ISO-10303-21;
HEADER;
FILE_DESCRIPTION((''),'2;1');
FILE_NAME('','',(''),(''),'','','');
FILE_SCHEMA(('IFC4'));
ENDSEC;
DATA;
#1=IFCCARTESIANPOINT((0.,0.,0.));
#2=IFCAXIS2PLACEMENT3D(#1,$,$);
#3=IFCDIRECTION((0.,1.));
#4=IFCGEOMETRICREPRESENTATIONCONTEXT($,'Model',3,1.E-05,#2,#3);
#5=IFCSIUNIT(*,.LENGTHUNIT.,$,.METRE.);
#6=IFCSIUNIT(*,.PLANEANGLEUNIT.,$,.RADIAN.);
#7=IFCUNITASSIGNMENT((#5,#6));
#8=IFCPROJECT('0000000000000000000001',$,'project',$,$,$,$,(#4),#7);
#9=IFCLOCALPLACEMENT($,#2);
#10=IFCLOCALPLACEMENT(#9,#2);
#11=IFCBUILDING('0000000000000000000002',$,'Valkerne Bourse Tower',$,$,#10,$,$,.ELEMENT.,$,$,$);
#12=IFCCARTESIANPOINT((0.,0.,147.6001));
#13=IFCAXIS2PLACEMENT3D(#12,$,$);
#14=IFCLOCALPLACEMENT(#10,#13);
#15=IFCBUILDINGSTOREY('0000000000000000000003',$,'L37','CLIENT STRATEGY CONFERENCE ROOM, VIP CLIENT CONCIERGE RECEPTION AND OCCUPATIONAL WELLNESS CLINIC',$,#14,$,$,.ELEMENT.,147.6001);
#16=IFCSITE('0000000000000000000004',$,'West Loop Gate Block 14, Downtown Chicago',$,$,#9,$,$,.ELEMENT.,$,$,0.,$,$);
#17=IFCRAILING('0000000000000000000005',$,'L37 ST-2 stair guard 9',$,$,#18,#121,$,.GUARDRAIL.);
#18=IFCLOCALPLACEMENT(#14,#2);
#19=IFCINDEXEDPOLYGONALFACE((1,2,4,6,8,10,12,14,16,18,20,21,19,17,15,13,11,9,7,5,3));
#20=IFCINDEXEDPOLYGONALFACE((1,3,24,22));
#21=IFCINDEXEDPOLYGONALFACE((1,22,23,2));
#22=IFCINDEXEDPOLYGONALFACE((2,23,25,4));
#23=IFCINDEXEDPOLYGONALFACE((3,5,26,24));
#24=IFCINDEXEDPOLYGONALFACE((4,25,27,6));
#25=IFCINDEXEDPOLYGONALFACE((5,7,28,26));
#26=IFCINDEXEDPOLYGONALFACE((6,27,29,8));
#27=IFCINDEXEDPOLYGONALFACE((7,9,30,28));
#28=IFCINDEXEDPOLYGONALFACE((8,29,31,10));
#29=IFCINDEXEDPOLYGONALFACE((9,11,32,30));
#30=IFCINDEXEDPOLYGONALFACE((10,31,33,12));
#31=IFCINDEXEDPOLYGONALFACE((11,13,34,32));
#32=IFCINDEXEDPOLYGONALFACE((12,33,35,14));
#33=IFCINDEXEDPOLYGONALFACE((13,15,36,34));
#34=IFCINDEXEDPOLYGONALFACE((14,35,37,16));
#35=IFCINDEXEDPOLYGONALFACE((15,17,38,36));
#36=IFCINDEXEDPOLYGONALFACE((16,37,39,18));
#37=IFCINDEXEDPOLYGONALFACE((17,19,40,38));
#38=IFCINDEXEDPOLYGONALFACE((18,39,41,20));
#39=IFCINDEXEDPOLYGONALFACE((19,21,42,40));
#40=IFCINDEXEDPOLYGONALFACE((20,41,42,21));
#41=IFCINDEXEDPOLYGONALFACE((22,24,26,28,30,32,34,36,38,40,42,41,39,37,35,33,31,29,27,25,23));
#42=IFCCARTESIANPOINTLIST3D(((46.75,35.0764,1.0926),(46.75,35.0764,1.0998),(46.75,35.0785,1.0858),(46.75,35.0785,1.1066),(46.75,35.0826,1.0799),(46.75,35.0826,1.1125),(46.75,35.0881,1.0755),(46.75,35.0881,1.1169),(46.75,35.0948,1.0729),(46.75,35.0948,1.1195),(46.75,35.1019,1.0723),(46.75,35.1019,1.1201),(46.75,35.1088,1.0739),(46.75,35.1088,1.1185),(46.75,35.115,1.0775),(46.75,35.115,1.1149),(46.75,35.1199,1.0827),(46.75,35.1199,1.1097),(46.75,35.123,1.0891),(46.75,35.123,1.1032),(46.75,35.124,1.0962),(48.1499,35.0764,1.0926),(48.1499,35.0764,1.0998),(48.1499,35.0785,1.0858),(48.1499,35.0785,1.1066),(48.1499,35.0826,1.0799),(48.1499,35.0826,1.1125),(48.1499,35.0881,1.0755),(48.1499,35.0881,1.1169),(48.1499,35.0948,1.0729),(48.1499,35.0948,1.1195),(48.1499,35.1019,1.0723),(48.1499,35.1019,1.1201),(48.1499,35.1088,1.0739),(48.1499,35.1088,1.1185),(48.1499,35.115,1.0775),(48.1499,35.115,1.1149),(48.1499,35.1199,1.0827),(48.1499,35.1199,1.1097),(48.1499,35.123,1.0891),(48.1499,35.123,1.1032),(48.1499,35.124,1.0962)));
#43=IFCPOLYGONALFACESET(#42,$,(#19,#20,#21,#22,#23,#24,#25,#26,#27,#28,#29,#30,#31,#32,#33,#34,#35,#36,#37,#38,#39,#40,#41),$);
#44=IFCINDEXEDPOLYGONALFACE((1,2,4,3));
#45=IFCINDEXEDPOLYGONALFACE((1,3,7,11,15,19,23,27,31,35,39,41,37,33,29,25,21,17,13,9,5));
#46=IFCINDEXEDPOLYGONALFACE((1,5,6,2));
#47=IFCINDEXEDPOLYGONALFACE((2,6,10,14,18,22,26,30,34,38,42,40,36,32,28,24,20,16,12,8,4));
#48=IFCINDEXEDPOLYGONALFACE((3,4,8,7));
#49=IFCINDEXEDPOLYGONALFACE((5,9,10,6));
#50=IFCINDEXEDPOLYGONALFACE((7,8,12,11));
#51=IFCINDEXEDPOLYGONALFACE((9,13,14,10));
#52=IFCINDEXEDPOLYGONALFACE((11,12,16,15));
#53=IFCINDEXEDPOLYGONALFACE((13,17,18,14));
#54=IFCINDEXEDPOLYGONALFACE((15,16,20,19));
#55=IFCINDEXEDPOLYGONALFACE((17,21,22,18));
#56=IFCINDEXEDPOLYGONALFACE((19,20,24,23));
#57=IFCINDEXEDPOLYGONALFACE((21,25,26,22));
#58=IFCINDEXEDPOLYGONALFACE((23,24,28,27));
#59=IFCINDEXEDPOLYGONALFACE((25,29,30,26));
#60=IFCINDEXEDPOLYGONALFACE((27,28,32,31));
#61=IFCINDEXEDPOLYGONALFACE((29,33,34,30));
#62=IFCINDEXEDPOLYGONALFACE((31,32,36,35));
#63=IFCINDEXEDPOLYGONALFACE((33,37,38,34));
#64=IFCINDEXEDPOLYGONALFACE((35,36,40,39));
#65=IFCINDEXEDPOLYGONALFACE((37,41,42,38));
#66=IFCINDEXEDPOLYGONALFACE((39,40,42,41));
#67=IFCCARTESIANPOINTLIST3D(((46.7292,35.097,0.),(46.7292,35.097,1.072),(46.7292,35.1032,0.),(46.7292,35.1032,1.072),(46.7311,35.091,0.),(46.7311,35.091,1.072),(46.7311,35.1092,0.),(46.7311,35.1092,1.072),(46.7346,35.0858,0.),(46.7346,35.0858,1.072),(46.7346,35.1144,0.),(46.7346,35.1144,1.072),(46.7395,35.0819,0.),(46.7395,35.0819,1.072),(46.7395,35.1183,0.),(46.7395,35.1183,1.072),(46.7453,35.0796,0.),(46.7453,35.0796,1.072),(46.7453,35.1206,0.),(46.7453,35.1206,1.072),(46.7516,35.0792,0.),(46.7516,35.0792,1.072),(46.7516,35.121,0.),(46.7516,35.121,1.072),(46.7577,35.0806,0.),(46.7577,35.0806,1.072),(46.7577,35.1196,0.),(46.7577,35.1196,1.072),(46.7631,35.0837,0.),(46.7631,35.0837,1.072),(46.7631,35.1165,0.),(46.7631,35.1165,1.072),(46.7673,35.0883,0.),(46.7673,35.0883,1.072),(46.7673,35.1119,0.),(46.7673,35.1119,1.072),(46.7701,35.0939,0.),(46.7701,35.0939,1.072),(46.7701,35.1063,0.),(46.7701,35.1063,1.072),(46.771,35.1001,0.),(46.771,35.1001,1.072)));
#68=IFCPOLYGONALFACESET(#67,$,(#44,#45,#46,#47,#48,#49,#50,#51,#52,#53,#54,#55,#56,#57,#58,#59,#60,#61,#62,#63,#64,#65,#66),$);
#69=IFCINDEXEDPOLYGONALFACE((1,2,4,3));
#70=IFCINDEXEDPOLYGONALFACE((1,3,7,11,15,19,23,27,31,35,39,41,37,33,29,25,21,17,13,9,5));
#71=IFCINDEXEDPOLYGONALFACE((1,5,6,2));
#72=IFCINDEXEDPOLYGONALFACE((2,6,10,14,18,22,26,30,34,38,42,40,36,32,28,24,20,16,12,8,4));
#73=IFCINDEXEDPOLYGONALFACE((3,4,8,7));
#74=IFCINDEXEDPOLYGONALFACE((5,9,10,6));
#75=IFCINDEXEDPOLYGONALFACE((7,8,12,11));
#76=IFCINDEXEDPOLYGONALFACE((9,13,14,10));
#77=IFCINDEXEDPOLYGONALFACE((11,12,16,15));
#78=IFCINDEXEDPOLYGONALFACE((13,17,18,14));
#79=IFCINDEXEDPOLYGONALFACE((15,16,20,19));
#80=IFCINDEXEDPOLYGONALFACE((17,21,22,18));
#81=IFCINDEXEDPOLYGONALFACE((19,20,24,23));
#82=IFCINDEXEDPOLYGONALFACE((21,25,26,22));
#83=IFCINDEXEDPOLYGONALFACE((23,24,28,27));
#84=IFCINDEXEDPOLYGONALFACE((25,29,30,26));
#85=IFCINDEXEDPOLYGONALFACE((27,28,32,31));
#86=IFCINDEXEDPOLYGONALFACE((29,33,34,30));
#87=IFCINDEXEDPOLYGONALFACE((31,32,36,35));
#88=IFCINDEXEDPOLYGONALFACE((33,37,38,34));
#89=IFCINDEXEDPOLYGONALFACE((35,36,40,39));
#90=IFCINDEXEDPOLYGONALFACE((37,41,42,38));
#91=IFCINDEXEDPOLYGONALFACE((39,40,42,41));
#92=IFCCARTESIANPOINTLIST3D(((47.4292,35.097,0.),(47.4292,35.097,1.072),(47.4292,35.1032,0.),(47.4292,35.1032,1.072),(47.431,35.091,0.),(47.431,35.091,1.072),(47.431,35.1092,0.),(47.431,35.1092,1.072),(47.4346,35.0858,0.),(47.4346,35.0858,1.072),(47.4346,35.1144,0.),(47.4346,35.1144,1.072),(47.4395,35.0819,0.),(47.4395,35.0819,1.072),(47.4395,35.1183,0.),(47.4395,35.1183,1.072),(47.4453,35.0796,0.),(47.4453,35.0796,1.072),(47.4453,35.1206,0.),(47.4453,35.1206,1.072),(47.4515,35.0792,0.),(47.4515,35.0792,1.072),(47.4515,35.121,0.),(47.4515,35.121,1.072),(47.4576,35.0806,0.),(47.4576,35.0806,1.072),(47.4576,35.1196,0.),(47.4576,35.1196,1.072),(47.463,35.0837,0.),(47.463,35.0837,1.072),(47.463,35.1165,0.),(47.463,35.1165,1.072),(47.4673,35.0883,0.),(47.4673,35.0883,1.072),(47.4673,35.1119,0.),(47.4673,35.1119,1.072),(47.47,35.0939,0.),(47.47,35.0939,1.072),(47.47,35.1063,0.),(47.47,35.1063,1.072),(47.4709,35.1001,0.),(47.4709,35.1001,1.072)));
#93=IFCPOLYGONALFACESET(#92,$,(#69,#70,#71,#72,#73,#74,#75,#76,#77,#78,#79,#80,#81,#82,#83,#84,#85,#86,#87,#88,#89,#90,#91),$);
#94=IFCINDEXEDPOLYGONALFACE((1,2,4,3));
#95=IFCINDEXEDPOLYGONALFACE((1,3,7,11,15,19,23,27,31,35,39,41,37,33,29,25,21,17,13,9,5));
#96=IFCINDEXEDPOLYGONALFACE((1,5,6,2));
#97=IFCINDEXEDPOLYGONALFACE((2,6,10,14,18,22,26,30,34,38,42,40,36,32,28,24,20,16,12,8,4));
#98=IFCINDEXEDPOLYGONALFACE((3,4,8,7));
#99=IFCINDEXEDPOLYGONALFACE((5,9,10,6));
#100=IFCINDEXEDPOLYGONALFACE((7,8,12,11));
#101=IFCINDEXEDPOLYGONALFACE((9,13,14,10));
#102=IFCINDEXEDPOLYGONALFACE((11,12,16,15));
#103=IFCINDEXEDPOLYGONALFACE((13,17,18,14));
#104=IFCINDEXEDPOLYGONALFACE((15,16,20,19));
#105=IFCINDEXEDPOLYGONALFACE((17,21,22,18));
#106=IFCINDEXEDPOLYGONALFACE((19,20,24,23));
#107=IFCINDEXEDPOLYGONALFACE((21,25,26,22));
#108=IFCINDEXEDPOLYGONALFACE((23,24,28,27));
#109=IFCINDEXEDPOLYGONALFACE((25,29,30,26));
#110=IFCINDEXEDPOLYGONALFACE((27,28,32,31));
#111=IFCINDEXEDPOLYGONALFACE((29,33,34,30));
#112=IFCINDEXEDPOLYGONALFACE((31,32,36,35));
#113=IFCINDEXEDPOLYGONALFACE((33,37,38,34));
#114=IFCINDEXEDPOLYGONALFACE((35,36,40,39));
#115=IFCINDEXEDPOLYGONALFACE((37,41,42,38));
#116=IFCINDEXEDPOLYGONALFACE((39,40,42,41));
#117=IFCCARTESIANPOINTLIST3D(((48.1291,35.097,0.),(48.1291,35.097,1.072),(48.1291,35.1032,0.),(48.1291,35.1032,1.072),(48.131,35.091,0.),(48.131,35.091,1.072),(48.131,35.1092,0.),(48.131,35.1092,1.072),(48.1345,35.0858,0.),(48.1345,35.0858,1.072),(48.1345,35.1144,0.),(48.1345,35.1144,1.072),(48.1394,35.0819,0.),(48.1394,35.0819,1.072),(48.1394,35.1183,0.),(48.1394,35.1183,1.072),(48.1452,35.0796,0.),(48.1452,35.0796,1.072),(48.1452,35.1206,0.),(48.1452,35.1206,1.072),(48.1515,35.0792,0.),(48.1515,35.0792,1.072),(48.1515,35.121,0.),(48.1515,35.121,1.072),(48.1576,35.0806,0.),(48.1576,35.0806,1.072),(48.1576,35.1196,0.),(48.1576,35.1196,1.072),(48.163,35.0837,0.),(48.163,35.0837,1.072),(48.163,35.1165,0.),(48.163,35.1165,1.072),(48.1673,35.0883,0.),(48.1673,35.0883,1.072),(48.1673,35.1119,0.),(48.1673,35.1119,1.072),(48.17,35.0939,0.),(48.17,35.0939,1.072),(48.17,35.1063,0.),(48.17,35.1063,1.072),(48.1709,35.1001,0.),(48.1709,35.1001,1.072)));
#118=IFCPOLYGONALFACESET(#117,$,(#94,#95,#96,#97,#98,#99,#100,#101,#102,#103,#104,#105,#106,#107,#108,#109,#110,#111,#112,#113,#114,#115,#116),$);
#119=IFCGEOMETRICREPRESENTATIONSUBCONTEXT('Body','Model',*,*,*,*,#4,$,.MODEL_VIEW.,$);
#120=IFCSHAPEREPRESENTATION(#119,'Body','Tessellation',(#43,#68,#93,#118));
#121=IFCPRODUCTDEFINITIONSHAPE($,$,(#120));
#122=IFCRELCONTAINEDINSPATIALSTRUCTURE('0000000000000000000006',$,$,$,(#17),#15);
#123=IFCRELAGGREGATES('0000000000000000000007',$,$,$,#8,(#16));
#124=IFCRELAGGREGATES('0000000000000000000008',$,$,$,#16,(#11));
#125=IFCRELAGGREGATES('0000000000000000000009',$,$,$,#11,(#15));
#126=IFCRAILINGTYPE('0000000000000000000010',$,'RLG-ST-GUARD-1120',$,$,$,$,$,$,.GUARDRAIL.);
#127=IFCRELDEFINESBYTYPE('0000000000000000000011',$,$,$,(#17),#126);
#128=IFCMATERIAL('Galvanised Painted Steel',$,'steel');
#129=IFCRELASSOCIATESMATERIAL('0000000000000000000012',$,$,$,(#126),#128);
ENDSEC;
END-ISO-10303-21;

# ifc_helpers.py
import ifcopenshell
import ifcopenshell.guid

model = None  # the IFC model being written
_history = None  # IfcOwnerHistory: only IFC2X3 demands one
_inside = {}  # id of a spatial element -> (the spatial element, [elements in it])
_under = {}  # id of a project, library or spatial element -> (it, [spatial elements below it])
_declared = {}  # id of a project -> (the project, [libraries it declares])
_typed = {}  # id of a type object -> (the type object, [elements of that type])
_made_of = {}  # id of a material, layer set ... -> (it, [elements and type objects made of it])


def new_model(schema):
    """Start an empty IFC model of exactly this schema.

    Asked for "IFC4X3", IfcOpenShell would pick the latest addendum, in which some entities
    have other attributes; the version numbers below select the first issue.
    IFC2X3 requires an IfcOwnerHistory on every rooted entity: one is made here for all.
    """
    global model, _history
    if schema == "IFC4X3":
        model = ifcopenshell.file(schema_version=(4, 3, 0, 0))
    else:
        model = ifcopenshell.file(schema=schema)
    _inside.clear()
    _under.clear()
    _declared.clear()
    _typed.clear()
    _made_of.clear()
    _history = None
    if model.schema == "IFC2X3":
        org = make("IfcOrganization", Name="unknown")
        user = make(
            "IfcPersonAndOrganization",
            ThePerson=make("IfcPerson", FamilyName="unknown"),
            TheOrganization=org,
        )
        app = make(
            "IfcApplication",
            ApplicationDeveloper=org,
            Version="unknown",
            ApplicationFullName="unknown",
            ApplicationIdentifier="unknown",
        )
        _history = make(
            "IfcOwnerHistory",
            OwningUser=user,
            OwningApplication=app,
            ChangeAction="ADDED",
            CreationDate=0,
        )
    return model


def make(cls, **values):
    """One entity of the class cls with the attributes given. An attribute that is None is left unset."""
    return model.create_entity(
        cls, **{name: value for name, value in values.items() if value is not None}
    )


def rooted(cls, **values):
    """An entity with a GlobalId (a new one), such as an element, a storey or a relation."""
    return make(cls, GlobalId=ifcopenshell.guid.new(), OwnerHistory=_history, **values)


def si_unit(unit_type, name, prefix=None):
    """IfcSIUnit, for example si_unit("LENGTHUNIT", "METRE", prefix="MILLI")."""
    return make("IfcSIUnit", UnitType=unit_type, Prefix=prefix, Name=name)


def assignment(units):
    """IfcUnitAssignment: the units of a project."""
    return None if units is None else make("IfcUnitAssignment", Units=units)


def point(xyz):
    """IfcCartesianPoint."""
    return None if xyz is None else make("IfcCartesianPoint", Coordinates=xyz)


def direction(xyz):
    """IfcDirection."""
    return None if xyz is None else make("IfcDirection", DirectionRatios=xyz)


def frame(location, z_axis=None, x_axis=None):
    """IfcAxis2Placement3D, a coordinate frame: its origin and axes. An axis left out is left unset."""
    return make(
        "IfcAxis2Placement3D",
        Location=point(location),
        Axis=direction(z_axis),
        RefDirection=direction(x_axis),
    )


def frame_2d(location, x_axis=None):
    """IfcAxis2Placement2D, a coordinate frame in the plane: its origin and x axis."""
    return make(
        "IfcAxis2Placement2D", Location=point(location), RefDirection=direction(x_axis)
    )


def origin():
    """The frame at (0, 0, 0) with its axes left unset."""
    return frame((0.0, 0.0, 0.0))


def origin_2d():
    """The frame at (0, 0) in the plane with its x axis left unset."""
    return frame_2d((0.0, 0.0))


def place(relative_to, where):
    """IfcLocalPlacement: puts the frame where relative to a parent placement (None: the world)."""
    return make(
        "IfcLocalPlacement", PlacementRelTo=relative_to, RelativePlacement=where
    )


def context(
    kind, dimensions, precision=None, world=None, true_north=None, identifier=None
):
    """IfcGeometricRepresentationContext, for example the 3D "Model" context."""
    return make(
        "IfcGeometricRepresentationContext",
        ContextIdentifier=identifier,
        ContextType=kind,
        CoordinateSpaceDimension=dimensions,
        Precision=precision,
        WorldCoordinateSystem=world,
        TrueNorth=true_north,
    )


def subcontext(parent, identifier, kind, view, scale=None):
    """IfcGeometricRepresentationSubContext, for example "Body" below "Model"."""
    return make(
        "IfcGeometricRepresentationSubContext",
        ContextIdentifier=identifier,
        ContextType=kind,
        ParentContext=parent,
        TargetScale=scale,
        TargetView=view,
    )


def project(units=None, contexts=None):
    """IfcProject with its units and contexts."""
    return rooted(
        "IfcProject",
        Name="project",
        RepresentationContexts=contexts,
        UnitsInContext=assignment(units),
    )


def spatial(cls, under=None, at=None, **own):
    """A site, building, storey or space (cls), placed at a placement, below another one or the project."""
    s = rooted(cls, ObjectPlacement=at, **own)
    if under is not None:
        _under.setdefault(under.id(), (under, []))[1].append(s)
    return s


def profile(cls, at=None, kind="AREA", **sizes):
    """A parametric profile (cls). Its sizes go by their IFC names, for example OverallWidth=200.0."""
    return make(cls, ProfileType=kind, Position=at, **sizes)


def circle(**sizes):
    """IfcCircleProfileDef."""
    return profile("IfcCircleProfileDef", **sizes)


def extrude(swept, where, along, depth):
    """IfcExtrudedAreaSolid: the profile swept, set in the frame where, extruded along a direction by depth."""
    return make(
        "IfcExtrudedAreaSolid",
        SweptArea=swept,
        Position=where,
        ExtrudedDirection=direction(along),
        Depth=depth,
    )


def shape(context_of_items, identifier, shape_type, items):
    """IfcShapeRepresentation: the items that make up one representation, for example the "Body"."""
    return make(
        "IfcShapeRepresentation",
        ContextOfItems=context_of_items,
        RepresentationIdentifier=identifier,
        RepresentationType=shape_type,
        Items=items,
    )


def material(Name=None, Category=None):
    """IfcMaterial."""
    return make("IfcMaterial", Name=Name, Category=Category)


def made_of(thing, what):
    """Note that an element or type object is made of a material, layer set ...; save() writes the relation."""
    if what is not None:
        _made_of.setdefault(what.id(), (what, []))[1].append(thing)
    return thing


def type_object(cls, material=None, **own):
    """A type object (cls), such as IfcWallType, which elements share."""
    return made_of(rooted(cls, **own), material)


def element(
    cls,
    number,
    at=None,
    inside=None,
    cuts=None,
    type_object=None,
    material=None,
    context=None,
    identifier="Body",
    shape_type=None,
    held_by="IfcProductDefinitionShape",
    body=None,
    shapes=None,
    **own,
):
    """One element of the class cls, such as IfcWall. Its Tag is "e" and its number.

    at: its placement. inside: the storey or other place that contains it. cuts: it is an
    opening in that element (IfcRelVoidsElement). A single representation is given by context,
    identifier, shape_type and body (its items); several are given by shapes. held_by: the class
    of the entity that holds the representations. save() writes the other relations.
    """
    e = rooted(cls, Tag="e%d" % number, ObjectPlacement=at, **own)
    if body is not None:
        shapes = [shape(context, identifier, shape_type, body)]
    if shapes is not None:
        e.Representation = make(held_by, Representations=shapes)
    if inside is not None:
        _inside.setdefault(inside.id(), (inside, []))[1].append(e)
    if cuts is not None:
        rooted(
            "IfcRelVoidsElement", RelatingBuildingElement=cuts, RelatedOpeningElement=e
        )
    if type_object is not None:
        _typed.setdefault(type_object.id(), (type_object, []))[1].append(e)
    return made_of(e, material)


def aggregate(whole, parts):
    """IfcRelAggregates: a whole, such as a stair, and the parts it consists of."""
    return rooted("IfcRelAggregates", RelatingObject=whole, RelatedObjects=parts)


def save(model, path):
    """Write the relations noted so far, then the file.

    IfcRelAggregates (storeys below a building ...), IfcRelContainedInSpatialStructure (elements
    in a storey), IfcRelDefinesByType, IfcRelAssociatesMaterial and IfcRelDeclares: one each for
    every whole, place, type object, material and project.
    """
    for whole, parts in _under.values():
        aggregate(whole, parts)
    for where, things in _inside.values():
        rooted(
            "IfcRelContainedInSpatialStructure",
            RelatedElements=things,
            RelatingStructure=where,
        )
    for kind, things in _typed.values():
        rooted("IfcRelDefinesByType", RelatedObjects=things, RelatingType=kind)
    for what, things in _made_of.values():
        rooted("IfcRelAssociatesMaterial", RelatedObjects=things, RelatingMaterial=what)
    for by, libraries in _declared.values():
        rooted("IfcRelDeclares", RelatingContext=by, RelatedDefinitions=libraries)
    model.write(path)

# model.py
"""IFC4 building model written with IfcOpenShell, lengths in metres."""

from ifc_helpers import new_model, si_unit, direction, frame, origin, origin_2d, place, context, subcontext, project, spatial, circle, extrude, material, type_object, element, save


model = new_model("IFC4")

# Units and contexts
model_context = context("Model", 3, precision=1e-05, world=origin(), true_north=direction((0.0, 1.0)))
body_context = subcontext(model_context, "Body", "Model", "MODEL_VIEW")
ifc_project = project(units=[si_unit("LENGTHUNIT", "METRE"), si_unit("PLANEANGLEUNIT", "RADIAN")], contexts=[model_context])

# Site, building, storey
site_placement = place(None, origin())
site = spatial("IfcSite", under=ifc_project, at=site_placement, Name="West Loop Gate Block 14, Downtown Chicago", CompositionType="ELEMENT", RefElevation=0.0)
building_placement = place(site_placement, origin())
building = spatial("IfcBuilding", under=site, at=building_placement, Name="Valkerne Bourse Tower", CompositionType="ELEMENT")
storey_placement = place(building_placement, frame((0.0, 0.0, 147.6001)))
storey = spatial("IfcBuildingStorey", under=building, at=storey_placement, Name="L37", Description="CLIENT STRATEGY CONFERENCE ROOM, VIP CLIENT CONCIERGE RECEPTION AND OCCUPATIONAL WELLNESS CLINIC", CompositionType="ELEMENT", Elevation=147.6001)

# Shared definitions
ifc_material_1 = material(Name="Galvanised Painted Steel", Category="steel")

# Railing
railing_type_1 = type_object("IfcRailingType", Name="RLG-ST-GUARD-1120", PredefinedType="GUARDRAIL", material=ifc_material_1)
for number, where, name in (
    (1, (46.75, 35.1001, 0.0), "L37 ST-2 stair guard 9"),
):
    element("IfcRailing", number, at=place(storey_placement, frame(where)), inside=storey, type_object=railing_type_1, Name=name, PredefinedType="GUARDRAIL", context=body_context, shape_type="SweptSolid", body=[
        extrude(circle(Radius=0.0239, at=origin_2d()), frame((0.0, 0.0, 1.0962), z_axis=(1.0, 0.0, 0.0), x_axis=(0.0, 1.0, 0.0)), (0.0, 0.0, 1.0), 1.3999),
        extrude(circle(Radius=0.021, at=origin_2d()), origin(), (0.0, 0.0, 1.0), 1.072),
        extrude(circle(Radius=0.021, at=origin_2d()), frame((0.7, 0.0, 0.0)), (0.0, 0.0, 1.0), 1.072),
        extrude(circle(Radius=0.021, at=origin_2d()), frame((1.3999, 0.0, 0.0)), (0.0, 0.0, 1.0), 1.072),
    ])

save(model, "model.ifc")
